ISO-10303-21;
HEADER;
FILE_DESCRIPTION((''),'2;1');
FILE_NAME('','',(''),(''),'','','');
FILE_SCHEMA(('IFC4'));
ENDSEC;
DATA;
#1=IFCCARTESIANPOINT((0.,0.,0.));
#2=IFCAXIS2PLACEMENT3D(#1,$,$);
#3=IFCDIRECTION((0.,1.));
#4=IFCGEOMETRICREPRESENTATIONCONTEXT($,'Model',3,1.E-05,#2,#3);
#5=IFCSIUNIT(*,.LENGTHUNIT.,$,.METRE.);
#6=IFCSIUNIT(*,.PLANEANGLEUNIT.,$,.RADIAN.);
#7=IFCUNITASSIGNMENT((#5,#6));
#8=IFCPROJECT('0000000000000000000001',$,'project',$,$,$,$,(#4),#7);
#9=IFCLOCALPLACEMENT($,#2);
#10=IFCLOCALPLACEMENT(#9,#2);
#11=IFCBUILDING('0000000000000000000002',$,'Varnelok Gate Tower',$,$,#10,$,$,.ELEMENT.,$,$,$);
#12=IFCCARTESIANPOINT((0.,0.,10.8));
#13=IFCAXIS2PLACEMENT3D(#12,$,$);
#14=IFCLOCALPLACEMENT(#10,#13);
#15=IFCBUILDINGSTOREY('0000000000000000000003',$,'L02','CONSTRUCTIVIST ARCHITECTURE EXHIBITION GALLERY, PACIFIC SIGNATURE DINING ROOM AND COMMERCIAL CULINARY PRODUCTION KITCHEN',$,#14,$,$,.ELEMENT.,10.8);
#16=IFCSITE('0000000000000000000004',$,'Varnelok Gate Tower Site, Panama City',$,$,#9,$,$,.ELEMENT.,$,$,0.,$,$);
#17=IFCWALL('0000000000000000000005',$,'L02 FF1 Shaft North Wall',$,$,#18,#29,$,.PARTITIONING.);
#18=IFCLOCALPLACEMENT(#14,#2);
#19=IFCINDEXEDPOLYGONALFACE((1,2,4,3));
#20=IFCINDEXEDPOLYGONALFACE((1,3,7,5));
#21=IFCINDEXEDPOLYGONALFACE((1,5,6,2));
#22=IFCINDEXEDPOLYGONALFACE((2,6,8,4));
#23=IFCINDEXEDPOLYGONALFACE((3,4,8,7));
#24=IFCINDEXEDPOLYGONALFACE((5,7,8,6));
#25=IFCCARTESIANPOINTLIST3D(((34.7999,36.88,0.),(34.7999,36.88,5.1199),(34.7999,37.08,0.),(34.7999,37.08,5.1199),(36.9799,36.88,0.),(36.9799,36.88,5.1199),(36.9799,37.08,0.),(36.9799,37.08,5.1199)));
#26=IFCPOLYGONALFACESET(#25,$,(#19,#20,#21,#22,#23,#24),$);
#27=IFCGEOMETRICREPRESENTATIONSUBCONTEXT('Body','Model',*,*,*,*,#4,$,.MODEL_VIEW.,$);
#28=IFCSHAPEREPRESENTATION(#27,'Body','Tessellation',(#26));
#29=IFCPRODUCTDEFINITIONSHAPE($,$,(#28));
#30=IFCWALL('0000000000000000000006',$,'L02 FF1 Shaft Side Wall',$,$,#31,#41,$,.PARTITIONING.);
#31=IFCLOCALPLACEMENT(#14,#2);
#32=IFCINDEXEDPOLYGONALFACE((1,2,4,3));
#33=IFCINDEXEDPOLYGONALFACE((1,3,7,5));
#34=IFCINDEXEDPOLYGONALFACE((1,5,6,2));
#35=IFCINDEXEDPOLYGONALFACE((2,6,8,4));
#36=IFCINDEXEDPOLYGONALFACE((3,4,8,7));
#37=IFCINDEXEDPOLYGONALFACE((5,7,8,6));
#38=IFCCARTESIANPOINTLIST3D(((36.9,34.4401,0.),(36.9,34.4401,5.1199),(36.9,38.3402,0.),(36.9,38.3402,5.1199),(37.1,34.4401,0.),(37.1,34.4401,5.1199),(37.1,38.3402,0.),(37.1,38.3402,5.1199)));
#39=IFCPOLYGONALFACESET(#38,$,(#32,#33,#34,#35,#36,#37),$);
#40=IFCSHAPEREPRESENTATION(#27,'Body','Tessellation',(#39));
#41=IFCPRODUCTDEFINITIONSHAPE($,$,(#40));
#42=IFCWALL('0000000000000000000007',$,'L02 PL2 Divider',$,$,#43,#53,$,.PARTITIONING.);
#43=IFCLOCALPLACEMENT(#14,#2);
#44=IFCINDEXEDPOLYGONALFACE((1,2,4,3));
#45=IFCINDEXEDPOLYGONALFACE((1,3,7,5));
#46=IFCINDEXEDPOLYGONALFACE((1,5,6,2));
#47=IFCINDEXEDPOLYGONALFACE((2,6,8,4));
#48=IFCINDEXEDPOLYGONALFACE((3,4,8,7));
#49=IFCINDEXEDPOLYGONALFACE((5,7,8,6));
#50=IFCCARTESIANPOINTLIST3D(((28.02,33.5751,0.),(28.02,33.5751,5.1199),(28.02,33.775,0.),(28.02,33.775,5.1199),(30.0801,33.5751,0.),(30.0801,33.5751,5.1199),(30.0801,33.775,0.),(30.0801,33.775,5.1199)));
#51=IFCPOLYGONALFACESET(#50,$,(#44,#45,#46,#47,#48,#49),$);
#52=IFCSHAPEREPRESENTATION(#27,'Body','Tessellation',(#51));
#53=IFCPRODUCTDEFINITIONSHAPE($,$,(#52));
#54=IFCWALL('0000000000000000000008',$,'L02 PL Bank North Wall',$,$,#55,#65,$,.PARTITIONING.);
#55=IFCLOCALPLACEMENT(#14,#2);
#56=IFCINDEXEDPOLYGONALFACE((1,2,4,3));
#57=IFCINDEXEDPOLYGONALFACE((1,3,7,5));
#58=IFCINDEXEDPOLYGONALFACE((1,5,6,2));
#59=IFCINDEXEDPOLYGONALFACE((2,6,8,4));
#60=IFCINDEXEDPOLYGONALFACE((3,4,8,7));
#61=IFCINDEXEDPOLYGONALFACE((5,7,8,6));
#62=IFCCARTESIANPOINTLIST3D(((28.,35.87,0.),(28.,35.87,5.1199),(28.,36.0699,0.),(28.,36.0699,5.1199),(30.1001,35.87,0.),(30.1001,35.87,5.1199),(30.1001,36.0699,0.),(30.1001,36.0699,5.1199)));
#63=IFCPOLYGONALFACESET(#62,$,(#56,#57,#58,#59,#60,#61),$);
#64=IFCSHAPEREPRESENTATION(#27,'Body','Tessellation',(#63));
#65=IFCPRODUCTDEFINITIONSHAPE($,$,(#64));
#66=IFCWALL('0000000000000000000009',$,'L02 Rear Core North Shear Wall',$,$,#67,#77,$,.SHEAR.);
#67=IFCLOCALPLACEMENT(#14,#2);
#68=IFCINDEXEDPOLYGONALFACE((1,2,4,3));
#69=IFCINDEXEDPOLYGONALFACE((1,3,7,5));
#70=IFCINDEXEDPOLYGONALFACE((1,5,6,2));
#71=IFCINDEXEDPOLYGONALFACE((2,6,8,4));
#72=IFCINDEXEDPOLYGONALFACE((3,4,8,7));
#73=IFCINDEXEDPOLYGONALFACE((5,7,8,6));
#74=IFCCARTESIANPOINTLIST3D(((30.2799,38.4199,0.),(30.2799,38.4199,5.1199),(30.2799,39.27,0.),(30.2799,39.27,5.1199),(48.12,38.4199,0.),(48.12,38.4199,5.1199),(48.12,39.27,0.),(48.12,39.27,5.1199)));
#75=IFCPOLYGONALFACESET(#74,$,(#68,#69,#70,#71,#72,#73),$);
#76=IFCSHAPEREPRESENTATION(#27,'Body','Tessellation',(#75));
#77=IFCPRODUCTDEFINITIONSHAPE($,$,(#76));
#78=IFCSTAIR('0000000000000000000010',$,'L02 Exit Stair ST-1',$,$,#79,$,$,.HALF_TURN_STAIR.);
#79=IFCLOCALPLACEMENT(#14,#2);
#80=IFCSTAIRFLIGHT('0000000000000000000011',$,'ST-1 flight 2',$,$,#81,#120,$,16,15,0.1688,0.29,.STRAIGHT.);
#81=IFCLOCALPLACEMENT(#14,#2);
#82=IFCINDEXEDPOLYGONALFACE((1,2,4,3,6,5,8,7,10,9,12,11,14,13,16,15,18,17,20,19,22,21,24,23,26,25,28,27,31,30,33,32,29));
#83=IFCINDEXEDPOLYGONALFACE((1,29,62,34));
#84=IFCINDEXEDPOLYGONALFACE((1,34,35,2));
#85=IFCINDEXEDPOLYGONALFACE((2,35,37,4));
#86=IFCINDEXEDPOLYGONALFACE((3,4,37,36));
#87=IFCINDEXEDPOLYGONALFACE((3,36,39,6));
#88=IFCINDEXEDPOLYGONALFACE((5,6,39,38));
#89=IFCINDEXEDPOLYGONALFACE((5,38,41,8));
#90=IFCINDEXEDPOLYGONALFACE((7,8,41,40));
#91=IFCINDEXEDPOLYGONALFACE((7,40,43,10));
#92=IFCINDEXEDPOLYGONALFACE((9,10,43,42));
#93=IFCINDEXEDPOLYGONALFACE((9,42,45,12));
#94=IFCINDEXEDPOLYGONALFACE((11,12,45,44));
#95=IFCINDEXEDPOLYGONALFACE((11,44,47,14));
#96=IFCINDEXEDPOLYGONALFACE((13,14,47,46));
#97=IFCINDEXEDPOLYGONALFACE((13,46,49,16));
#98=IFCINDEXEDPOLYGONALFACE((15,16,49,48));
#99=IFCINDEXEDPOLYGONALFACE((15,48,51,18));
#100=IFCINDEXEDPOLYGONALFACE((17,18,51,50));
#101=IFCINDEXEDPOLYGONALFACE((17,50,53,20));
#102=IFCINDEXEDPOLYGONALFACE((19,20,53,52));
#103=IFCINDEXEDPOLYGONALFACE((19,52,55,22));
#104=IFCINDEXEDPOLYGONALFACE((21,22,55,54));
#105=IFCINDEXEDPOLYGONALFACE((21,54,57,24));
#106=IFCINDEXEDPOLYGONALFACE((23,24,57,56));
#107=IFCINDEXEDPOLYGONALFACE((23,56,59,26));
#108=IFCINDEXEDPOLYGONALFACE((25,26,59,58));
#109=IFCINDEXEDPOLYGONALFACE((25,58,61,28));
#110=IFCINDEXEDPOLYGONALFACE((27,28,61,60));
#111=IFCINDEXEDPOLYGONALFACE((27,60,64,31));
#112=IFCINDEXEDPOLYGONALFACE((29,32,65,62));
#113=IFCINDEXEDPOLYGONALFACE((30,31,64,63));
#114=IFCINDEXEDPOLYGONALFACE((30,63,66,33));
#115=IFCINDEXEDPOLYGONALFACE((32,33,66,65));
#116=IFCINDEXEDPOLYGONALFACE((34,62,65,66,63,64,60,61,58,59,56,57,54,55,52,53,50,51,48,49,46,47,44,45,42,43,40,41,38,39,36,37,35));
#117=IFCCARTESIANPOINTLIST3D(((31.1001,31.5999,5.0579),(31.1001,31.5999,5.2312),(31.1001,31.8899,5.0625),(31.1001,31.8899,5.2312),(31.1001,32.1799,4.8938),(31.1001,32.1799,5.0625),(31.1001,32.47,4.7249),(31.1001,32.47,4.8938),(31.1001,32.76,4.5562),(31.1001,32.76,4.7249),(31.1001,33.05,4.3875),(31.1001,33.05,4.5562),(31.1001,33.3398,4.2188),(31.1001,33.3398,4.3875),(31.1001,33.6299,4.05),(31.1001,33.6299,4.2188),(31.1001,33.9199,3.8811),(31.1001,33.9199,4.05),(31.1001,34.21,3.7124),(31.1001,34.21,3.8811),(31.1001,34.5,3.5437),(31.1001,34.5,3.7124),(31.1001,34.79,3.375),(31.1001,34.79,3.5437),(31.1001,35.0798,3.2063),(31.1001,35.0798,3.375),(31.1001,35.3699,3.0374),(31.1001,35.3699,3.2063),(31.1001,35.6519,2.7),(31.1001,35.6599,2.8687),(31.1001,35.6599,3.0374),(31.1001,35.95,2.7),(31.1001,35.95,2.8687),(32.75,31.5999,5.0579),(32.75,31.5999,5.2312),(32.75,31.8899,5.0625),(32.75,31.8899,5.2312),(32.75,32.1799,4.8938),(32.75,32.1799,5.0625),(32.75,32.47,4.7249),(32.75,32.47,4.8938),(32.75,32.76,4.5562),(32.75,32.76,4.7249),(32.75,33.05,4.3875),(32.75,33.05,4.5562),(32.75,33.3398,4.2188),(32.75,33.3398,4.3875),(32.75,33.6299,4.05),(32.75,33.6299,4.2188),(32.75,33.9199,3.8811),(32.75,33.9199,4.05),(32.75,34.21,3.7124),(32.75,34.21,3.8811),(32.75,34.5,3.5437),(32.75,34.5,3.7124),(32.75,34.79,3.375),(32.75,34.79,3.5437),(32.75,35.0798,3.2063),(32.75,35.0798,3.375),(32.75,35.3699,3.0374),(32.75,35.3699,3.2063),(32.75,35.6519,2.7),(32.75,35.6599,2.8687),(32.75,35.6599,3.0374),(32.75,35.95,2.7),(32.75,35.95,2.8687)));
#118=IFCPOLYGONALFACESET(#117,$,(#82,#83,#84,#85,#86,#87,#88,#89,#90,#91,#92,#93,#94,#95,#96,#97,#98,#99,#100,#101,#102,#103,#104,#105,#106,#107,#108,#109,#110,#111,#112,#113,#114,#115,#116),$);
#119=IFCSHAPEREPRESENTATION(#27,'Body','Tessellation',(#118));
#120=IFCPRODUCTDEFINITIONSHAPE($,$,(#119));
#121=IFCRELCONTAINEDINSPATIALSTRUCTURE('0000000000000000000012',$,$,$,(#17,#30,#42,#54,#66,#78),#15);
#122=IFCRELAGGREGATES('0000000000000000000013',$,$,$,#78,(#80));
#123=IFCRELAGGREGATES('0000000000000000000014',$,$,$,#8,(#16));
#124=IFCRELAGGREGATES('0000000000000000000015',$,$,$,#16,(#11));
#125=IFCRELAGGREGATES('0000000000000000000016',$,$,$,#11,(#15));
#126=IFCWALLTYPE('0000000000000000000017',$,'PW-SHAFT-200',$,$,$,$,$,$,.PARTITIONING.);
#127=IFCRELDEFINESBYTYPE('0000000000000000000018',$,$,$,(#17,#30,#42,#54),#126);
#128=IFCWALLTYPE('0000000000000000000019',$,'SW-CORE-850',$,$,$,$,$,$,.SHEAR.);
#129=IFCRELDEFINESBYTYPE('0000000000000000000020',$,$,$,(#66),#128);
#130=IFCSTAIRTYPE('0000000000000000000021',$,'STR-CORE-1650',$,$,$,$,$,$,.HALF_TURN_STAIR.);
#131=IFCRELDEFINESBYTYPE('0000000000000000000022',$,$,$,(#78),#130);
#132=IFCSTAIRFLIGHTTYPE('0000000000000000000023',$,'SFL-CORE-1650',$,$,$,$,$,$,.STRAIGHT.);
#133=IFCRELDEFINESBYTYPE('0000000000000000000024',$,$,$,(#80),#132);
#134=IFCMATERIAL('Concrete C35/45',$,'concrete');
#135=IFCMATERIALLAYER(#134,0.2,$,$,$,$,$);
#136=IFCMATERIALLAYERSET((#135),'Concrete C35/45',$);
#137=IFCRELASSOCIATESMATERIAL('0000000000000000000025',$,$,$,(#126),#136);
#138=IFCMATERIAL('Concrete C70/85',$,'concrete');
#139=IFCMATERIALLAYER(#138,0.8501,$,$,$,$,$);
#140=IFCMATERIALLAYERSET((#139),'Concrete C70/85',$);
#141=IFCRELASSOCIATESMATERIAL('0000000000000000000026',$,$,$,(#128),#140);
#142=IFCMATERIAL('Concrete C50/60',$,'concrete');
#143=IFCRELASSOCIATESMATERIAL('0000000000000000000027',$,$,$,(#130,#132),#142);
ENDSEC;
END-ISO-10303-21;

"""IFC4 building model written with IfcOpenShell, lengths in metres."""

from ifc_helpers import new_model, si_unit, direction, frame, frame_2d, origin, place, context, subcontext, project, spatial, polyline, rectangle, outline, extrude, material, layer, layer_set, type_object, element, aggregate, save


model = new_model("IFC4")

# Units and contexts
model_context = context("Model", 3, precision=1e-05, world=origin(), true_north=direction((0.0, 1.0)))
body_context = subcontext(model_context, "Body", "Model", "MODEL_VIEW")
ifc_project = project(units=[si_unit("LENGTHUNIT", "METRE"), si_unit("PLANEANGLEUNIT", "RADIAN")], contexts=[model_context])

# Site, building, storey
site_placement = place(None, origin())
site = spatial("IfcSite", under=ifc_project, at=site_placement, Name="Varnelok Gate Tower Site, Panama City", CompositionType="ELEMENT", RefElevation=0.0)
building_placement = place(site_placement, origin())
building = spatial("IfcBuilding", under=site, at=building_placement, Name="Varnelok Gate Tower", CompositionType="ELEMENT")
storey_placement = place(building_placement, frame((0.0, 0.0, 10.8)))
storey = spatial("IfcBuildingStorey", under=building, at=storey_placement, Name="L02", Description="CONSTRUCTIVIST ARCHITECTURE EXHIBITION GALLERY, PACIFIC SIGNATURE DINING ROOM AND COMMERCIAL CULINARY PRODUCTION KITCHEN", CompositionType="ELEMENT", Elevation=10.8)

# Shared definitions
ifc_material_1 = material(Name="Concrete C70/85", Category="concrete")

# Shared definitions
ifc_material_2 = material(Name="Concrete C35/45", Category="concrete")
ifc_layer_1 = layer(ifc_material_2, 0.2)
ifc_layer_set_1 = layer_set([ifc_layer_1], Name="Concrete C35/45")
wall_type_1 = type_object("IfcWallType", Name="PW-SHAFT-200", PredefinedType="PARTITIONING", material=ifc_layer_set_1)

# Walls
wall_1_placement = place(storey_placement, frame((34.8, 36.98, 0.0), z_axis=(0.0, 0.0, 1.0), x_axis=(1.0, 0.0, 0.0)))
element("IfcWall", 1, at=wall_1_placement, inside=storey, type_object=wall_type_1, Name="L02 FF1 Shaft North Wall", PredefinedType="PARTITIONING", context=body_context, shape_type="SweptSolid", body=[
    extrude(rectangle(XDim=2.1799, YDim=0.2, at=frame_2d((1.0898, 0.0))), origin(), (0.0, 0.0, 1.0), 5.1199),
])
wall_2_placement = place(storey_placement, frame((37.0, 34.4399, 0.0), z_axis=(0.0, 0.0, 1.0), x_axis=(0.0, 1.0, 0.0)))
element("IfcWall", 2, at=wall_2_placement, inside=storey, type_object=wall_type_1, Name="L02 FF1 Shaft Side Wall", PredefinedType="PARTITIONING", context=body_context, shape_type="SweptSolid", body=[
    extrude(rectangle(XDim=3.9001, YDim=0.2, at=frame_2d((1.9502, 0.0))), origin(), (0.0, 0.0, 1.0), 5.1199),
])
wall_3_placement = place(storey_placement, frame((28.02, 33.675, 0.0), z_axis=(0.0, 0.0, 1.0), x_axis=(1.0, 0.0, 0.0)))
element("IfcWall", 3, at=wall_3_placement, inside=storey, type_object=wall_type_1, Name="L02 PL2 Divider", PredefinedType="PARTITIONING", context=body_context, shape_type="SweptSolid", body=[
    extrude(rectangle(XDim=2.0601, YDim=0.2, at=frame_2d((1.03, 0.0))), origin(), (0.0, 0.0, 1.0), 5.1199),
])
wall_4_placement = place(storey_placement, frame((28.0, 35.97, 0.0), z_axis=(0.0, 0.0, 1.0), x_axis=(1.0, 0.0, 0.0)))
element("IfcWall", 4, at=wall_4_placement, inside=storey, type_object=wall_type_1, Name="L02 PL Bank North Wall", PredefinedType="PARTITIONING", context=body_context, shape_type="SweptSolid", body=[
    extrude(rectangle(XDim=2.1001, YDim=0.2, at=frame_2d((1.05, 0.0))), origin(), (0.0, 0.0, 1.0), 5.1199),
])
ifc_layer_2 = layer(ifc_material_1, 0.8501)
ifc_layer_set_2 = layer_set([ifc_layer_2], Name="Concrete C70/85")
wall_type_2 = type_object("IfcWallType", Name="SW-CORE-850", PredefinedType="SHEAR", material=ifc_layer_set_2)
wall_5_placement = place(storey_placement, frame((30.28, 38.845, 0.0), z_axis=(0.0, 0.0, 1.0), x_axis=(1.0, 0.0, 0.0)))
element("IfcWall", 5, at=wall_5_placement, inside=storey, type_object=wall_type_2, Name="L02 Rear Core North Shear Wall", PredefinedType="SHEAR", context=body_context, shape_type="SweptSolid", body=[
    extrude(rectangle(XDim=17.8401, YDim=0.8501, at=frame_2d((8.9199, 0.0))), origin(), (0.0, 0.0, 1.0), 5.1199),
])

# Stair, stair flight
ifc_material_3 = material(Name="Concrete C50/60", Category="concrete")
stair_type = type_object("IfcStairType", Name="STR-CORE-1650", PredefinedType="HALF_TURN_STAIR", material=ifc_material_3)
stair_placement = place(storey_placement, origin())
stair = element("IfcStair", 6, at=stair_placement, inside=storey, type_object=stair_type, Name="L02 Exit Stair ST-1", PredefinedType="HALF_TURN_STAIR")
stair_flight_type = type_object("IfcStairFlightType", Name="SFL-CORE-1650", PredefinedType="STRAIGHT", material=ifc_material_3)
stair_flight_placement = place(storey_placement, frame((31.925, 35.95, 2.7), z_axis=(0.0, 0.0, 1.0), x_axis=(0.0, -1.0, 0.0)))
stair_flight = element("IfcStairFlight", 7, at=stair_flight_placement, type_object=stair_flight_type, Name="ST-1 flight 2", NumberOfRisers=16, NumberOfTreads=15, PredefinedType="STRAIGHT", RiserHeight=0.1688, TreadLength=0.29, context=body_context, shape_type="SweptSolid", body=[
    extrude(outline(polyline([(0.0, 0.0), (0.0, 0.1687), (0.29, 0.1687), (0.29, 0.3374), (0.5801, 0.3374), (0.5801, 0.5063), (0.8701, 0.5063), (0.8701, 0.675), (1.1599, 0.675), (1.1599, 0.8438), (1.45, 0.8438), (1.45, 1.0125), (1.74, 1.0125), (1.74, 1.1812), (2.03, 1.1812), (2.03, 1.3501), (2.3201, 1.3501), (2.3201, 1.5188), (2.6101, 1.5188), (2.6101, 1.6875), (2.8999, 1.6875), (2.8999, 1.8562), (3.1899, 1.8562), (3.1899, 2.0249), (3.48, 2.0249), (3.48, 2.1938), (3.77, 2.1938), (3.77, 2.3625), (4.0601, 2.3625), (4.0601, 2.5312), (4.3501, 2.5312), (4.3501, 2.7), (4.3501, 2.3579), (0.2981, 0.0), (0.0, 0.0)])), frame((0.0, 0.825, 0.0), z_axis=(0.0, -1.0, 0.0), x_axis=(1.0, 0.0, 0.0)), (0.0, 0.0, 1.0), 1.6499),
])
aggregate(stair, [stair_flight])

save(model, "model.ifc")
